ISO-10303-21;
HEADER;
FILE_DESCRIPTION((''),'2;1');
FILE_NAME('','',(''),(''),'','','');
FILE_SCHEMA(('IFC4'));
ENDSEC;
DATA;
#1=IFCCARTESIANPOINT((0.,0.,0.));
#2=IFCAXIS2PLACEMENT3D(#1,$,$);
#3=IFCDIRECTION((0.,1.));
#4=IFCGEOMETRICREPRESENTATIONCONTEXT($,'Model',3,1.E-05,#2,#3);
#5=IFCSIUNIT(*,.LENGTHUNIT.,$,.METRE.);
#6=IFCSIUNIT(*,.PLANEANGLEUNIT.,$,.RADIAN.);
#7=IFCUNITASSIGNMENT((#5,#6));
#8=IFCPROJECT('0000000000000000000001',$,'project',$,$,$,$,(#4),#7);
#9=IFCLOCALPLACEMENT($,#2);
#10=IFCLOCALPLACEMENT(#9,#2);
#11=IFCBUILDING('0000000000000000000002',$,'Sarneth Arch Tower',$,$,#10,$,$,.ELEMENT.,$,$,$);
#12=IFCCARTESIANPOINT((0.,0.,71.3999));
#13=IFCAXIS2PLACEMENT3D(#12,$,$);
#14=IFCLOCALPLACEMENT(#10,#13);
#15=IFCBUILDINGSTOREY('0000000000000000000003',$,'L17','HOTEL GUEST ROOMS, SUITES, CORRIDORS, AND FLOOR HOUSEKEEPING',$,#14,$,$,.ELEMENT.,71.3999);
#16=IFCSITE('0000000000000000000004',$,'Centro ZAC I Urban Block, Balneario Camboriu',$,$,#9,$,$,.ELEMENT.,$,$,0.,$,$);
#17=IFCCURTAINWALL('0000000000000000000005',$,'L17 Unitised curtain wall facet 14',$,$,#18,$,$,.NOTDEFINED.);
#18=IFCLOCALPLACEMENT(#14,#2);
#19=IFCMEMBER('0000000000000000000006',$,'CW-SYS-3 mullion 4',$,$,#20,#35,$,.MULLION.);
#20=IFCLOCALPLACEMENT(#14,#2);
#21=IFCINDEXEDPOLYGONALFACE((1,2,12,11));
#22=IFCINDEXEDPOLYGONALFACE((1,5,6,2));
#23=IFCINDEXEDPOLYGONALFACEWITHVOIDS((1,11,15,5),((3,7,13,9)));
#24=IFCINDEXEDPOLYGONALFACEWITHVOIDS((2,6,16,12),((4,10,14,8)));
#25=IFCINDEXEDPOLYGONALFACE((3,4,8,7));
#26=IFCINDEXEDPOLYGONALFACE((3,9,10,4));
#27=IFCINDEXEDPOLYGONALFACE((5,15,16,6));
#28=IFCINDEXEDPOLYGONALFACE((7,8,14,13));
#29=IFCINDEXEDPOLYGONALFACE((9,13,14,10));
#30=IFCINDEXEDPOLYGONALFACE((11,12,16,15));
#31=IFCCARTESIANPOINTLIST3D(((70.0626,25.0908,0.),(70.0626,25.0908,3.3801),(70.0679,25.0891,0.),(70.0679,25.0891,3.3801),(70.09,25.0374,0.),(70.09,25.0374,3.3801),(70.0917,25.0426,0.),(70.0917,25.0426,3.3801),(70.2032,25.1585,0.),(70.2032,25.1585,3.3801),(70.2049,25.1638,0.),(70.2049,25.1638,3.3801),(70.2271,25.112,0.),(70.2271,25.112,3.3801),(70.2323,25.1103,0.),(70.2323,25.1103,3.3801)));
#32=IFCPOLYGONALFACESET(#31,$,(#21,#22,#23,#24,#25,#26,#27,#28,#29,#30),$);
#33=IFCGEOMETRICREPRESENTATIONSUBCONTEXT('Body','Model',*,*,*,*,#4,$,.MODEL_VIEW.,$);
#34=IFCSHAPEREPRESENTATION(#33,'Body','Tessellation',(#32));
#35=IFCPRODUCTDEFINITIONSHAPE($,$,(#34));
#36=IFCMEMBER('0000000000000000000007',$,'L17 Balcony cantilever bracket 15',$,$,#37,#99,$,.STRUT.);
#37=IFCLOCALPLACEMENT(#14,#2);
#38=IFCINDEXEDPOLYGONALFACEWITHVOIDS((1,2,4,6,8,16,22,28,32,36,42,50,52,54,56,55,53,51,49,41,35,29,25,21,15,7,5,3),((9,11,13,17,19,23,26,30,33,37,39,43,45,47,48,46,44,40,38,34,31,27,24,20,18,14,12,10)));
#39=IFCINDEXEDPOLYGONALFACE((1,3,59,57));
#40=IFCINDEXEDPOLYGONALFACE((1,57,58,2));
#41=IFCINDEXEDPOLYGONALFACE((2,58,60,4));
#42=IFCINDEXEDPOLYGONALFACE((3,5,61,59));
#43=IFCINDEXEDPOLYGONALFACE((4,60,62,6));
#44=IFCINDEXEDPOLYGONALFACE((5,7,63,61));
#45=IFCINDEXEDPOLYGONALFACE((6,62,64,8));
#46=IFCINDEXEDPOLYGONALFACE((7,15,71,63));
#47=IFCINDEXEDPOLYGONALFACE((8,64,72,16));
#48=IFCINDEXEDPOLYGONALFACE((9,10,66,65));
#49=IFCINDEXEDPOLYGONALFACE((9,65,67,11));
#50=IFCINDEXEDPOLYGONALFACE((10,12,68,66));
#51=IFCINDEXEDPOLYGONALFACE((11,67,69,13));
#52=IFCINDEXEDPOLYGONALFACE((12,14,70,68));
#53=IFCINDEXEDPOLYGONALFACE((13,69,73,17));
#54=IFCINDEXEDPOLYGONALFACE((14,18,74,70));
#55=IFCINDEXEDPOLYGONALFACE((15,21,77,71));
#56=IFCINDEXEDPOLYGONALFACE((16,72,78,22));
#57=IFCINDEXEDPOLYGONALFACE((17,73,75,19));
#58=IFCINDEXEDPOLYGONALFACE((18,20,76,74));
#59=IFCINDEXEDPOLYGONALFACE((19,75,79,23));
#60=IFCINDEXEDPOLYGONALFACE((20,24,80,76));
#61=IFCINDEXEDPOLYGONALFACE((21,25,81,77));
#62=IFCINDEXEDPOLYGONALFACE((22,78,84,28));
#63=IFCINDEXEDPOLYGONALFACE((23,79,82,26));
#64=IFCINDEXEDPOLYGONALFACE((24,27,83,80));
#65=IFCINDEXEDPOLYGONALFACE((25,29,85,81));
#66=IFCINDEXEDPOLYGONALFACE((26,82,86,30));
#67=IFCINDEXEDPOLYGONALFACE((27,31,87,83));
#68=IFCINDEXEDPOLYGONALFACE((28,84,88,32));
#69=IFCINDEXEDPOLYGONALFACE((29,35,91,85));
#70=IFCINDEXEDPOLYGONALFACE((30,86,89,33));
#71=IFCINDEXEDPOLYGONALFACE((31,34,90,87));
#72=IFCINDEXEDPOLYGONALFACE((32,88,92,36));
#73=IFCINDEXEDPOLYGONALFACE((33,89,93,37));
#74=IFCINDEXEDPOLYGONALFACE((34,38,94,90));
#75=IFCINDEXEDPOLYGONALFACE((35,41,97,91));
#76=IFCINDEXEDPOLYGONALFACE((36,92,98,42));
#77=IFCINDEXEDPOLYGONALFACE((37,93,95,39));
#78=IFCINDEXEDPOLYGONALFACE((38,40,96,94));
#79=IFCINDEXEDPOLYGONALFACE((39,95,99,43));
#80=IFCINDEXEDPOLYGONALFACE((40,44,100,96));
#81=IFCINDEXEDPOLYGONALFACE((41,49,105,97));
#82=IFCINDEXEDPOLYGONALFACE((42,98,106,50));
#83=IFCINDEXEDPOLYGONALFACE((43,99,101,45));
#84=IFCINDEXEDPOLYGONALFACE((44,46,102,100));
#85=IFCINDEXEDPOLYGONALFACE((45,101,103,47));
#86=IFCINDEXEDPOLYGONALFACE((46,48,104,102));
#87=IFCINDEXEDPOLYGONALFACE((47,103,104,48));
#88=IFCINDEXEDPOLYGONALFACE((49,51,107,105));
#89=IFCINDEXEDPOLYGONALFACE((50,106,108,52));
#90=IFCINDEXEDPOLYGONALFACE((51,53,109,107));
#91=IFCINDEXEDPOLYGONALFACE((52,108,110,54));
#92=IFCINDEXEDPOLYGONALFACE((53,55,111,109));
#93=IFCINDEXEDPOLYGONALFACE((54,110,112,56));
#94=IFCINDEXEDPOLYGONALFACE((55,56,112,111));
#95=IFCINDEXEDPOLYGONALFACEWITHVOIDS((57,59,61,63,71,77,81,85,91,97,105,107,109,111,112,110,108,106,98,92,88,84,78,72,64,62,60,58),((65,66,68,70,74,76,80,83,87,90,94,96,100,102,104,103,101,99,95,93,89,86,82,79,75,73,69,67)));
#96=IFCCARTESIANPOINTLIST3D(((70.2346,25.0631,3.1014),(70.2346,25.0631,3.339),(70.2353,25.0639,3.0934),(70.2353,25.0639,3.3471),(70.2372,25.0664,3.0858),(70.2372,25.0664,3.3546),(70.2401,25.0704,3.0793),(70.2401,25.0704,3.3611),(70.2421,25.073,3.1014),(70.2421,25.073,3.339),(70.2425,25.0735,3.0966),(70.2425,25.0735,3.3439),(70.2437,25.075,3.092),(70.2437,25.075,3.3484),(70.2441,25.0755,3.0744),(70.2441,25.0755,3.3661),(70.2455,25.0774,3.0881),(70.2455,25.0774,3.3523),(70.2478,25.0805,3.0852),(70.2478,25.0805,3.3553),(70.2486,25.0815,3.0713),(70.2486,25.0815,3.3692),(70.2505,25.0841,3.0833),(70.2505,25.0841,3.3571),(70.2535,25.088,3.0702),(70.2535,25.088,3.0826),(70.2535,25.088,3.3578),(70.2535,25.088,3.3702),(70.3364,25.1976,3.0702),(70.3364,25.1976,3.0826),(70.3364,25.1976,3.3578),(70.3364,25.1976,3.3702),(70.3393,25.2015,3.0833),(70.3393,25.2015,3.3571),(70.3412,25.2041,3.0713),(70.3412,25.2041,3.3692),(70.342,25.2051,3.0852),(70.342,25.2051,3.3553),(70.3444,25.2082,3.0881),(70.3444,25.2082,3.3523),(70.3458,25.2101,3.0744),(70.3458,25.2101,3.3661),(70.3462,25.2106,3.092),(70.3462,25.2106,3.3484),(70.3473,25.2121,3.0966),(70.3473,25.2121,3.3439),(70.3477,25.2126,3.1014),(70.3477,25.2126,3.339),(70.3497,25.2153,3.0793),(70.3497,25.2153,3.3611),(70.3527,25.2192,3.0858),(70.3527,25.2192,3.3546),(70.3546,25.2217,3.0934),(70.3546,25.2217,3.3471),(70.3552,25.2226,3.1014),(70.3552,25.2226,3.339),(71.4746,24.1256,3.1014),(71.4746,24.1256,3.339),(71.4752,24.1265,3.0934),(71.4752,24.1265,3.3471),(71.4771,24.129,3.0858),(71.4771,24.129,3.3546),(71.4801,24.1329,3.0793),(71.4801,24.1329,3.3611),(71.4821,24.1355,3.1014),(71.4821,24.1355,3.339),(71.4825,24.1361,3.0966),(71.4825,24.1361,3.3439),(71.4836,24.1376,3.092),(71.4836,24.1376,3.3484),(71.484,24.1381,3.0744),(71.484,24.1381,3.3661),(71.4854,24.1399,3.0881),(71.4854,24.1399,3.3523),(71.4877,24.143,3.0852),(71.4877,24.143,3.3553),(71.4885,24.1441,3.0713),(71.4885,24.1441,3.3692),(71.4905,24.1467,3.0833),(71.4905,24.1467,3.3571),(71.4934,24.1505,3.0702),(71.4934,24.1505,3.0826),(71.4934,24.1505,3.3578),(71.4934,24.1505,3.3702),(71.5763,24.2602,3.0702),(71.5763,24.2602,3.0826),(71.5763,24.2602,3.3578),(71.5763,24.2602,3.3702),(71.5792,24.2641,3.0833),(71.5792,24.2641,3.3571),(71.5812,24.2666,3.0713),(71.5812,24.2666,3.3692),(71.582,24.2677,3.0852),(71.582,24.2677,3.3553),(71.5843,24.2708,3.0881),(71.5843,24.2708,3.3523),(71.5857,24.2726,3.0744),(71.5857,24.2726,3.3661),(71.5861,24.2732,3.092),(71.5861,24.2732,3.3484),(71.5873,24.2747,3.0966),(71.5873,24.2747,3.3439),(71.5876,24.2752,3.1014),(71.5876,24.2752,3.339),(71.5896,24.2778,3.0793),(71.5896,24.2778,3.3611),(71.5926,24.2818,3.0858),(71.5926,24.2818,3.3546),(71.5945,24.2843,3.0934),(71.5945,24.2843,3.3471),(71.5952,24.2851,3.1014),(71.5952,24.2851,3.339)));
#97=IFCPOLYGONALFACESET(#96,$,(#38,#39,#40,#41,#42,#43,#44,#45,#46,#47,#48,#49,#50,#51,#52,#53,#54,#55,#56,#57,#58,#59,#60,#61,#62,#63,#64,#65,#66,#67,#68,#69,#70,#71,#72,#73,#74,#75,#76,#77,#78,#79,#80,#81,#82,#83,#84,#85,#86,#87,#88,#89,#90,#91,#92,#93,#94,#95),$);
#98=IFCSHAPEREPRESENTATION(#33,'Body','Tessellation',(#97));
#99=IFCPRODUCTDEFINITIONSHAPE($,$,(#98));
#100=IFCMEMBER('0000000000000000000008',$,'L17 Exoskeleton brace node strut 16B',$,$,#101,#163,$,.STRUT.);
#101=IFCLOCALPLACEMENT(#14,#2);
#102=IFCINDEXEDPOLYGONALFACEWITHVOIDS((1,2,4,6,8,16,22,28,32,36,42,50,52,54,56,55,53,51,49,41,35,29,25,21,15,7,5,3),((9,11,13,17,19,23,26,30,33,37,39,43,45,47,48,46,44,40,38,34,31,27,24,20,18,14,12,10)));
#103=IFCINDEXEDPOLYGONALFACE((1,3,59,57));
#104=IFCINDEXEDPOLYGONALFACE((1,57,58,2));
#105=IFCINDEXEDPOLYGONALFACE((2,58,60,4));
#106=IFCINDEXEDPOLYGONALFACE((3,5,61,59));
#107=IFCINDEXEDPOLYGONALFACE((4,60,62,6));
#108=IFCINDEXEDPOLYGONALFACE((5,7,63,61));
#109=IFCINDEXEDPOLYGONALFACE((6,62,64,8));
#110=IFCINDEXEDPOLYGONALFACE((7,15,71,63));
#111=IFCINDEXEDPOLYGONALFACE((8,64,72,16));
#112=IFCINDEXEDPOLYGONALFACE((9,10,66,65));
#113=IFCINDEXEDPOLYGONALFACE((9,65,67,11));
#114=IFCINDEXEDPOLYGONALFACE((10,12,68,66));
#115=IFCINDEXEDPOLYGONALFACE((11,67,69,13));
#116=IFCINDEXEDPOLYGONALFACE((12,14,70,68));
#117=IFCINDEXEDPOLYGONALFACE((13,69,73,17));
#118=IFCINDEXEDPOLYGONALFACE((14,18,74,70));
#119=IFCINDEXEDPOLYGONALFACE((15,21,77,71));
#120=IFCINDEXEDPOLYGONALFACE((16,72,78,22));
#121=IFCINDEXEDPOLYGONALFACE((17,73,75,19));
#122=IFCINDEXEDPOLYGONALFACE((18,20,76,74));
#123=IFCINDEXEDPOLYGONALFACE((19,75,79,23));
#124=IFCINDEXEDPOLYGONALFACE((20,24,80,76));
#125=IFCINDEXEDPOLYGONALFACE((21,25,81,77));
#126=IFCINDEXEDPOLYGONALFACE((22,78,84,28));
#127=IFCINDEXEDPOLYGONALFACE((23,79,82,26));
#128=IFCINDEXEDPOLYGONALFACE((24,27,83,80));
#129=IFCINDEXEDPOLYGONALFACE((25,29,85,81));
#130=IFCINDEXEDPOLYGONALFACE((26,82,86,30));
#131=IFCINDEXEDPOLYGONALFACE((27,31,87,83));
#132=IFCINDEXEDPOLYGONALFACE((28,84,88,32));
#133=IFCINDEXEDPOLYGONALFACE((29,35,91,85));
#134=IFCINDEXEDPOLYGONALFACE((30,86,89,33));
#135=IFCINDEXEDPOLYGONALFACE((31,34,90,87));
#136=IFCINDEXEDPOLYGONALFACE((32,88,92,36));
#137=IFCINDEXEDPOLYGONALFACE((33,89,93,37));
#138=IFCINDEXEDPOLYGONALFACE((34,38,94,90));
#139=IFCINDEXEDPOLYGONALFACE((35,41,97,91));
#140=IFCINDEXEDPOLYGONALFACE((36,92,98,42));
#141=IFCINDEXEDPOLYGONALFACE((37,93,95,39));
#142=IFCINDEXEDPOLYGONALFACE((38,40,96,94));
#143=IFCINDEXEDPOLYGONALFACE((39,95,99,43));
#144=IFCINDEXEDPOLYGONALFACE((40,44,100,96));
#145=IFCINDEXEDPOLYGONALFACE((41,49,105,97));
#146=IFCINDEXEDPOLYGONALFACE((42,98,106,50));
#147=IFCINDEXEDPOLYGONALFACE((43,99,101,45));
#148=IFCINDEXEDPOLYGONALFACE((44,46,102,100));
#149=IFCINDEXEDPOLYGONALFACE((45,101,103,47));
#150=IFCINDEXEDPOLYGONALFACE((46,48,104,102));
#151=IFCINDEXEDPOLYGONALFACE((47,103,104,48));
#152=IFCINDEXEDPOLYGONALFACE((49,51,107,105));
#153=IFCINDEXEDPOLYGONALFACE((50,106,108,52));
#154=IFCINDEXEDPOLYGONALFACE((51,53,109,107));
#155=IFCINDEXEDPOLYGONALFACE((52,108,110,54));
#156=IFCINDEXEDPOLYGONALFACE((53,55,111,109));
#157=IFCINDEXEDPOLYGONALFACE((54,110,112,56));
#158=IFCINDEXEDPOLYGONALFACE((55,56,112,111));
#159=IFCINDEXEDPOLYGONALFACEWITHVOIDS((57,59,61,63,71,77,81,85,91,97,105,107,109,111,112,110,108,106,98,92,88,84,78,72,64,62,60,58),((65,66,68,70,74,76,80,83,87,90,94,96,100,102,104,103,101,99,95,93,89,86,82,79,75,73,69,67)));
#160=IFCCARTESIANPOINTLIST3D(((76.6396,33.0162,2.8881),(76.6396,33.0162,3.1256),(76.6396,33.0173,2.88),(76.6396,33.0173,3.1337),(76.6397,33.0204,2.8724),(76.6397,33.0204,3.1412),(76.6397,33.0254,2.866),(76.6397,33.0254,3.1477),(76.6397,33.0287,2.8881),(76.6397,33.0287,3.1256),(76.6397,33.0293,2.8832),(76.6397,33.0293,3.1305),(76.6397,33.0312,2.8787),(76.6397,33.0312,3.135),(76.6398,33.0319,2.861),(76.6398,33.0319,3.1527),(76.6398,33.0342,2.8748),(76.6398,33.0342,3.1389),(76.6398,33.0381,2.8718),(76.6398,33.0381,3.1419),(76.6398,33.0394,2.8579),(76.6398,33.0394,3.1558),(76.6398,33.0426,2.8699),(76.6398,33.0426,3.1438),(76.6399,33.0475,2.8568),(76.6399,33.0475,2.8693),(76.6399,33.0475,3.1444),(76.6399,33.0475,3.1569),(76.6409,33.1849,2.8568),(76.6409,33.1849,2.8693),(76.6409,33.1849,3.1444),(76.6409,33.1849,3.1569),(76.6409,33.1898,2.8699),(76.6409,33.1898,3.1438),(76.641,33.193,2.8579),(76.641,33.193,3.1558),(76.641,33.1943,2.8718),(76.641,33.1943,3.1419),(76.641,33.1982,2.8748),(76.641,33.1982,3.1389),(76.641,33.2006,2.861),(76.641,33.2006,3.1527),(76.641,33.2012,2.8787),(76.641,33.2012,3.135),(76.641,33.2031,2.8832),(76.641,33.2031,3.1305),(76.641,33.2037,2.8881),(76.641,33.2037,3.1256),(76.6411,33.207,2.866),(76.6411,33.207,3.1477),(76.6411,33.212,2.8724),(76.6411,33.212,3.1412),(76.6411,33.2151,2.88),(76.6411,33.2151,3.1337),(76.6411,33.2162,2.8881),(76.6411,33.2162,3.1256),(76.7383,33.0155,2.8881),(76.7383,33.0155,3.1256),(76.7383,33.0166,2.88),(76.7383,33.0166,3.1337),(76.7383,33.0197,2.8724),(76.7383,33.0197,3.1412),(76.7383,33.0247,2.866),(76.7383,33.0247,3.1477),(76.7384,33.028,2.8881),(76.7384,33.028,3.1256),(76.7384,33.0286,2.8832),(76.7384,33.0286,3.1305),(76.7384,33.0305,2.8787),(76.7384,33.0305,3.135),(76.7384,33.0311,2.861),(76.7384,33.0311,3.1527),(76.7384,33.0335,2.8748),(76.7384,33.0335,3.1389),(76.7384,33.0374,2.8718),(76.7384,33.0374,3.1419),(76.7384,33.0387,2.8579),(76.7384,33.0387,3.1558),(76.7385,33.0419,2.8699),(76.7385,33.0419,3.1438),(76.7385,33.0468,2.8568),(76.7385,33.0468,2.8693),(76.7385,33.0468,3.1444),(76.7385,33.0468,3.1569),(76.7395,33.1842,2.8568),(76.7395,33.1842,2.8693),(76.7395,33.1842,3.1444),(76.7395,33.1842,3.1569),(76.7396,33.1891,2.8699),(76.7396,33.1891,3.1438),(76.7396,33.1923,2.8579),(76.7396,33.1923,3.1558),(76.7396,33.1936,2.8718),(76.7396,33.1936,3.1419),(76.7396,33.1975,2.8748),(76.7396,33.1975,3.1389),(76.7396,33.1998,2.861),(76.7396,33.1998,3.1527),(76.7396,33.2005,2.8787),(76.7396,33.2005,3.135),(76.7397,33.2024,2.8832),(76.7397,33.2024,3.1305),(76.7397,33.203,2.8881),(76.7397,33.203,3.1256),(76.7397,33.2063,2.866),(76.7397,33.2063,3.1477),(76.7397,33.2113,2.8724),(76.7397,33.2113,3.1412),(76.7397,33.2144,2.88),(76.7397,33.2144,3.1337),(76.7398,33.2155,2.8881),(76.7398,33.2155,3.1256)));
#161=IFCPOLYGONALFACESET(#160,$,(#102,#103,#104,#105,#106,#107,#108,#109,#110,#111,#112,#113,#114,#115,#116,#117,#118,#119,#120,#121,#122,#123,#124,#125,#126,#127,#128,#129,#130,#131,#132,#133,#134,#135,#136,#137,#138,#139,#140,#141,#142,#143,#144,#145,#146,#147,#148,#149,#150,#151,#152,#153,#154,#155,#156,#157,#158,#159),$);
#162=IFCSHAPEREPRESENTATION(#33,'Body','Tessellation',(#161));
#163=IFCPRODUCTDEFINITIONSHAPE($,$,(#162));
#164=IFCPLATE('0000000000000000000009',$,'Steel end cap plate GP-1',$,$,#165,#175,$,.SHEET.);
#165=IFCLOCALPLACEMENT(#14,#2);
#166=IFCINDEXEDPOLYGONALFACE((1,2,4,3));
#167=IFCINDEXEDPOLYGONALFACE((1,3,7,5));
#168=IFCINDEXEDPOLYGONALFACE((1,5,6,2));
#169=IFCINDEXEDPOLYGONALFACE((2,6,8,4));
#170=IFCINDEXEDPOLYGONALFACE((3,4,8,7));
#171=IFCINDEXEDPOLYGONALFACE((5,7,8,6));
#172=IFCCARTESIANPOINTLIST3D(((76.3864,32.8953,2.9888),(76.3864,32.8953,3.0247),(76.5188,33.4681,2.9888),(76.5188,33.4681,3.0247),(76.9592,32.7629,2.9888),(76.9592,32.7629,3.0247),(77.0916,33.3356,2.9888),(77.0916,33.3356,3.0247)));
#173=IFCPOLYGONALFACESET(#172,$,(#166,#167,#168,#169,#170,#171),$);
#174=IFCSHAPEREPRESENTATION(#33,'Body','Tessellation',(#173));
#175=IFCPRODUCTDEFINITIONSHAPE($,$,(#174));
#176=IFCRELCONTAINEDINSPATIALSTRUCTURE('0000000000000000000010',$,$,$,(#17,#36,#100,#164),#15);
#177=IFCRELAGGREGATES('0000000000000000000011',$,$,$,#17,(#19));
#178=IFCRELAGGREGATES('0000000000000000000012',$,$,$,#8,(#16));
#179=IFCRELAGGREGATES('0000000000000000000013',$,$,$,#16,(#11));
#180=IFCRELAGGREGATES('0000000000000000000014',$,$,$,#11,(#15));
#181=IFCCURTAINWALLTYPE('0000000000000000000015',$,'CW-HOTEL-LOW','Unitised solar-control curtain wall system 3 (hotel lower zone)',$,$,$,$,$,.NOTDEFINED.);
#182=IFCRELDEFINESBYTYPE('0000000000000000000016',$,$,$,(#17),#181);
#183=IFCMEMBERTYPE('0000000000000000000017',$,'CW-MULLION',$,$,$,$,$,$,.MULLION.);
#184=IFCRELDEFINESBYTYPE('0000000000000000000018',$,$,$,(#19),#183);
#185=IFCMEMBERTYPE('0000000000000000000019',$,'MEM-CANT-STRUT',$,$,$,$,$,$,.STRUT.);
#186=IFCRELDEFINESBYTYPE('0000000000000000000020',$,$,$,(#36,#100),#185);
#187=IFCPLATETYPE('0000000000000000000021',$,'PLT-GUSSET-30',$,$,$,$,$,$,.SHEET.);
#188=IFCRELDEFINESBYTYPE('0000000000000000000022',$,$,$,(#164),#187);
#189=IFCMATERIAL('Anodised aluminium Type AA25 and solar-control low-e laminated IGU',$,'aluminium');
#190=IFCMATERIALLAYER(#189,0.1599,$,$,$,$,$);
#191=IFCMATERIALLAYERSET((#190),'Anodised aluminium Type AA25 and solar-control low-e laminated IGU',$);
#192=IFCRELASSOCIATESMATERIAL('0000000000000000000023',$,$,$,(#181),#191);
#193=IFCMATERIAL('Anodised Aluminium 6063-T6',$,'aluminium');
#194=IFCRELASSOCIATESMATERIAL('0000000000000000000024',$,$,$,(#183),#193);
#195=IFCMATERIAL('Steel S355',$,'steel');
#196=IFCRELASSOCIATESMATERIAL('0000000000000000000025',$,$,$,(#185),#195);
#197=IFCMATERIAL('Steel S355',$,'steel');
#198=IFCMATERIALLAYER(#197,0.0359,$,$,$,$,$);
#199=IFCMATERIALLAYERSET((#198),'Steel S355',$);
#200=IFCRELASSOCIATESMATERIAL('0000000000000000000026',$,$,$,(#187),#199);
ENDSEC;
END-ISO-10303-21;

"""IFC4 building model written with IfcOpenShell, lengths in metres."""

from ifc_helpers import new_model, si_unit, direction, frame, origin, origin_2d, place, context, subcontext, project, spatial, rectangle, hollow_rectangle, extrude, material, layer, layer_set, material_profile, profile_set, type_object, element, aggregate, save


model = new_model("IFC4")

# Units and contexts
model_context = context("Model", 3, precision=1e-05, world=origin(), true_north=direction((0.0, 1.0)))
body_context = subcontext(model_context, "Body", "Model", "MODEL_VIEW")
ifc_project = project(units=[si_unit("LENGTHUNIT", "METRE"), si_unit("PLANEANGLEUNIT", "RADIAN")], contexts=[model_context])

# Site, building, storey
site_placement = place(None, origin())
site = spatial("IfcSite", under=ifc_project, at=site_placement, Name="Centro ZAC I Urban Block, Balneario Camboriu", CompositionType="ELEMENT", RefElevation=0.0)
building_placement = place(site_placement, origin())
building = spatial("IfcBuilding", under=site, at=building_placement, Name="Sarneth Arch Tower", CompositionType="ELEMENT")
storey_placement = place(building_placement, frame((0.0, 0.0, 71.3999)))
storey = spatial("IfcBuildingStorey", under=building, at=storey_placement, Name="L17", Description="HOTEL GUEST ROOMS, SUITES, CORRIDORS, AND FLOOR HOUSEKEEPING", CompositionType="ELEMENT", Elevation=71.3999)

# Curtain wall, member
ifc_material_1 = material(Name="Anodised aluminium Type AA25 and solar-control low-e laminated IGU", Category="aluminium")
ifc_layer_1 = layer(ifc_material_1, 0.1599)
ifc_layer_set_1 = layer_set([ifc_layer_1], Name="Anodised aluminium Type AA25 and solar-control low-e laminated IGU")
curtain_wall_type = type_object("IfcCurtainWallType", Name="CW-HOTEL-LOW", Description="Unitised solar-control curtain wall system 3 (hotel lower zone)", PredefinedType="NOTDEFINED", material=ifc_layer_set_1)
curtain_wall_placement = place(storey_placement, origin())
curtain_wall = element("IfcCurtainWall", 1, at=curtain_wall_placement, inside=storey, type_object=curtain_wall_type, Name="L17 Unitised curtain wall facet 14", PredefinedType="NOTDEFINED")
ifc_material_2 = material(Name="Anodised Aluminium 6063-T6", Category="aluminium")
ifc_material_profile_1 = material_profile(ifc_material_2, hollow_rectangle(XDim=0.0601, YDim=0.1599, WallThickness=0.0039, at=origin_2d()), Name="AL-MULL-160x60x4")
ifc_profile_set_1 = profile_set([ifc_material_profile_1], Name="Anodised Aluminium 6063-T6")
member_type_1 = type_object("IfcMemberType", Name="CW-MULLION", PredefinedType="MULLION", material=ifc_profile_set_1)
member_1_placement = place(storey_placement, frame((70.1475, 25.1006, 0.0), z_axis=(0.0, 0.0, 1.0), x_axis=(-0.456245, 0.889854, 0.0)))
member_1 = element("IfcMember", 2, at=member_1_placement, type_object=member_type_1, Name="CW-SYS-3 mullion 4", PredefinedType="MULLION", context=body_context, shape_type="SweptSolid", body=[
    extrude(hollow_rectangle(XDim=0.0601, YDim=0.1599, WallThickness=0.0039, at=origin_2d()), origin(), (0.0, 0.0, 1.0), 3.3801),
])
aggregate(curtain_wall, [member_1])

# Members
ifc_material_3 = material(Name="Steel S355", Category="steel")
ifc_material_profile_2 = material_profile(ifc_material_3, hollow_rectangle(XDim=0.2, YDim=0.3, WallThickness=0.0125, InnerFilletRadius=0.0188, OuterFilletRadius=0.0312, at=origin_2d()), Name="RHS300x200x12.5")
ifc_profile_set_2 = profile_set([ifc_material_profile_2], Name="Steel S355")
member_type_2 = type_object("IfcMemberType", Name="MEM-CANT-STRUT", PredefinedType="STRUT", material=ifc_profile_set_2)
member_2_placement = place(storey_placement, frame((70.2949, 25.1428, 3.2202), z_axis=(0.797676, -0.603086, 0.0), x_axis=(0.603086, 0.797676, 0.0)))
element("IfcMember", 3, at=member_2_placement, inside=storey, type_object=member_type_2, Name="L17 Balcony cantilever bracket 15", PredefinedType="STRUT", context=body_context, shape_type="SweptSolid", body=[
    extrude(hollow_rectangle(XDim=0.2, YDim=0.3, WallThickness=0.0125, InnerFilletRadius=0.0188, OuterFilletRadius=0.0312, at=origin_2d()), origin(), (0.0, 0.0, 1.0), 1.5544),
])
member_3_placement = place(storey_placement, frame((76.6404, 33.1162, 3.0068), z_axis=(0.999972, -0.007426, 0.0), x_axis=(0.007426, 0.999972, 0.0)))
element("IfcMember", 4, at=member_3_placement, inside=storey, type_object=member_type_2, Name="L17 Exoskeleton brace node strut 16B", PredefinedType="STRUT", context=body_context, shape_type="SweptSolid", body=[
    extrude(hollow_rectangle(XDim=0.2, YDim=0.3, WallThickness=0.0125, InnerFilletRadius=0.0188, OuterFilletRadius=0.0312, at=origin_2d()), origin(), (0.0, 0.0, 1.0), 0.0986),
])

# Plate
ifc_material_4 = material(Name="Steel S355", Category="steel")
ifc_layer_2 = layer(ifc_material_4, 0.0359)
ifc_layer_set_2 = layer_set([ifc_layer_2], Name="Steel S355")
plate_type = type_object("IfcPlateType", Name="PLT-GUSSET-30", PredefinedType="SHEET", material=ifc_layer_set_2)
plate_placement = place(storey_placement, frame((76.739, 33.1155, 2.9888), z_axis=(0.0, 0.0, 1.0), x_axis=(0.225291, 0.974291, 0.0)))
element("IfcPlate", 5, at=plate_placement, inside=storey, type_object=plate_type, Name="Steel end cap plate GP-1", PredefinedType="SHEET", context=body_context, shape_type="SweptSolid", body=[
    extrude(rectangle(XDim=0.5879, YDim=0.5879, at=origin_2d()), origin(), (0.0, 0.0, 1.0), 0.0359),
])

save(model, "model.ifc")
